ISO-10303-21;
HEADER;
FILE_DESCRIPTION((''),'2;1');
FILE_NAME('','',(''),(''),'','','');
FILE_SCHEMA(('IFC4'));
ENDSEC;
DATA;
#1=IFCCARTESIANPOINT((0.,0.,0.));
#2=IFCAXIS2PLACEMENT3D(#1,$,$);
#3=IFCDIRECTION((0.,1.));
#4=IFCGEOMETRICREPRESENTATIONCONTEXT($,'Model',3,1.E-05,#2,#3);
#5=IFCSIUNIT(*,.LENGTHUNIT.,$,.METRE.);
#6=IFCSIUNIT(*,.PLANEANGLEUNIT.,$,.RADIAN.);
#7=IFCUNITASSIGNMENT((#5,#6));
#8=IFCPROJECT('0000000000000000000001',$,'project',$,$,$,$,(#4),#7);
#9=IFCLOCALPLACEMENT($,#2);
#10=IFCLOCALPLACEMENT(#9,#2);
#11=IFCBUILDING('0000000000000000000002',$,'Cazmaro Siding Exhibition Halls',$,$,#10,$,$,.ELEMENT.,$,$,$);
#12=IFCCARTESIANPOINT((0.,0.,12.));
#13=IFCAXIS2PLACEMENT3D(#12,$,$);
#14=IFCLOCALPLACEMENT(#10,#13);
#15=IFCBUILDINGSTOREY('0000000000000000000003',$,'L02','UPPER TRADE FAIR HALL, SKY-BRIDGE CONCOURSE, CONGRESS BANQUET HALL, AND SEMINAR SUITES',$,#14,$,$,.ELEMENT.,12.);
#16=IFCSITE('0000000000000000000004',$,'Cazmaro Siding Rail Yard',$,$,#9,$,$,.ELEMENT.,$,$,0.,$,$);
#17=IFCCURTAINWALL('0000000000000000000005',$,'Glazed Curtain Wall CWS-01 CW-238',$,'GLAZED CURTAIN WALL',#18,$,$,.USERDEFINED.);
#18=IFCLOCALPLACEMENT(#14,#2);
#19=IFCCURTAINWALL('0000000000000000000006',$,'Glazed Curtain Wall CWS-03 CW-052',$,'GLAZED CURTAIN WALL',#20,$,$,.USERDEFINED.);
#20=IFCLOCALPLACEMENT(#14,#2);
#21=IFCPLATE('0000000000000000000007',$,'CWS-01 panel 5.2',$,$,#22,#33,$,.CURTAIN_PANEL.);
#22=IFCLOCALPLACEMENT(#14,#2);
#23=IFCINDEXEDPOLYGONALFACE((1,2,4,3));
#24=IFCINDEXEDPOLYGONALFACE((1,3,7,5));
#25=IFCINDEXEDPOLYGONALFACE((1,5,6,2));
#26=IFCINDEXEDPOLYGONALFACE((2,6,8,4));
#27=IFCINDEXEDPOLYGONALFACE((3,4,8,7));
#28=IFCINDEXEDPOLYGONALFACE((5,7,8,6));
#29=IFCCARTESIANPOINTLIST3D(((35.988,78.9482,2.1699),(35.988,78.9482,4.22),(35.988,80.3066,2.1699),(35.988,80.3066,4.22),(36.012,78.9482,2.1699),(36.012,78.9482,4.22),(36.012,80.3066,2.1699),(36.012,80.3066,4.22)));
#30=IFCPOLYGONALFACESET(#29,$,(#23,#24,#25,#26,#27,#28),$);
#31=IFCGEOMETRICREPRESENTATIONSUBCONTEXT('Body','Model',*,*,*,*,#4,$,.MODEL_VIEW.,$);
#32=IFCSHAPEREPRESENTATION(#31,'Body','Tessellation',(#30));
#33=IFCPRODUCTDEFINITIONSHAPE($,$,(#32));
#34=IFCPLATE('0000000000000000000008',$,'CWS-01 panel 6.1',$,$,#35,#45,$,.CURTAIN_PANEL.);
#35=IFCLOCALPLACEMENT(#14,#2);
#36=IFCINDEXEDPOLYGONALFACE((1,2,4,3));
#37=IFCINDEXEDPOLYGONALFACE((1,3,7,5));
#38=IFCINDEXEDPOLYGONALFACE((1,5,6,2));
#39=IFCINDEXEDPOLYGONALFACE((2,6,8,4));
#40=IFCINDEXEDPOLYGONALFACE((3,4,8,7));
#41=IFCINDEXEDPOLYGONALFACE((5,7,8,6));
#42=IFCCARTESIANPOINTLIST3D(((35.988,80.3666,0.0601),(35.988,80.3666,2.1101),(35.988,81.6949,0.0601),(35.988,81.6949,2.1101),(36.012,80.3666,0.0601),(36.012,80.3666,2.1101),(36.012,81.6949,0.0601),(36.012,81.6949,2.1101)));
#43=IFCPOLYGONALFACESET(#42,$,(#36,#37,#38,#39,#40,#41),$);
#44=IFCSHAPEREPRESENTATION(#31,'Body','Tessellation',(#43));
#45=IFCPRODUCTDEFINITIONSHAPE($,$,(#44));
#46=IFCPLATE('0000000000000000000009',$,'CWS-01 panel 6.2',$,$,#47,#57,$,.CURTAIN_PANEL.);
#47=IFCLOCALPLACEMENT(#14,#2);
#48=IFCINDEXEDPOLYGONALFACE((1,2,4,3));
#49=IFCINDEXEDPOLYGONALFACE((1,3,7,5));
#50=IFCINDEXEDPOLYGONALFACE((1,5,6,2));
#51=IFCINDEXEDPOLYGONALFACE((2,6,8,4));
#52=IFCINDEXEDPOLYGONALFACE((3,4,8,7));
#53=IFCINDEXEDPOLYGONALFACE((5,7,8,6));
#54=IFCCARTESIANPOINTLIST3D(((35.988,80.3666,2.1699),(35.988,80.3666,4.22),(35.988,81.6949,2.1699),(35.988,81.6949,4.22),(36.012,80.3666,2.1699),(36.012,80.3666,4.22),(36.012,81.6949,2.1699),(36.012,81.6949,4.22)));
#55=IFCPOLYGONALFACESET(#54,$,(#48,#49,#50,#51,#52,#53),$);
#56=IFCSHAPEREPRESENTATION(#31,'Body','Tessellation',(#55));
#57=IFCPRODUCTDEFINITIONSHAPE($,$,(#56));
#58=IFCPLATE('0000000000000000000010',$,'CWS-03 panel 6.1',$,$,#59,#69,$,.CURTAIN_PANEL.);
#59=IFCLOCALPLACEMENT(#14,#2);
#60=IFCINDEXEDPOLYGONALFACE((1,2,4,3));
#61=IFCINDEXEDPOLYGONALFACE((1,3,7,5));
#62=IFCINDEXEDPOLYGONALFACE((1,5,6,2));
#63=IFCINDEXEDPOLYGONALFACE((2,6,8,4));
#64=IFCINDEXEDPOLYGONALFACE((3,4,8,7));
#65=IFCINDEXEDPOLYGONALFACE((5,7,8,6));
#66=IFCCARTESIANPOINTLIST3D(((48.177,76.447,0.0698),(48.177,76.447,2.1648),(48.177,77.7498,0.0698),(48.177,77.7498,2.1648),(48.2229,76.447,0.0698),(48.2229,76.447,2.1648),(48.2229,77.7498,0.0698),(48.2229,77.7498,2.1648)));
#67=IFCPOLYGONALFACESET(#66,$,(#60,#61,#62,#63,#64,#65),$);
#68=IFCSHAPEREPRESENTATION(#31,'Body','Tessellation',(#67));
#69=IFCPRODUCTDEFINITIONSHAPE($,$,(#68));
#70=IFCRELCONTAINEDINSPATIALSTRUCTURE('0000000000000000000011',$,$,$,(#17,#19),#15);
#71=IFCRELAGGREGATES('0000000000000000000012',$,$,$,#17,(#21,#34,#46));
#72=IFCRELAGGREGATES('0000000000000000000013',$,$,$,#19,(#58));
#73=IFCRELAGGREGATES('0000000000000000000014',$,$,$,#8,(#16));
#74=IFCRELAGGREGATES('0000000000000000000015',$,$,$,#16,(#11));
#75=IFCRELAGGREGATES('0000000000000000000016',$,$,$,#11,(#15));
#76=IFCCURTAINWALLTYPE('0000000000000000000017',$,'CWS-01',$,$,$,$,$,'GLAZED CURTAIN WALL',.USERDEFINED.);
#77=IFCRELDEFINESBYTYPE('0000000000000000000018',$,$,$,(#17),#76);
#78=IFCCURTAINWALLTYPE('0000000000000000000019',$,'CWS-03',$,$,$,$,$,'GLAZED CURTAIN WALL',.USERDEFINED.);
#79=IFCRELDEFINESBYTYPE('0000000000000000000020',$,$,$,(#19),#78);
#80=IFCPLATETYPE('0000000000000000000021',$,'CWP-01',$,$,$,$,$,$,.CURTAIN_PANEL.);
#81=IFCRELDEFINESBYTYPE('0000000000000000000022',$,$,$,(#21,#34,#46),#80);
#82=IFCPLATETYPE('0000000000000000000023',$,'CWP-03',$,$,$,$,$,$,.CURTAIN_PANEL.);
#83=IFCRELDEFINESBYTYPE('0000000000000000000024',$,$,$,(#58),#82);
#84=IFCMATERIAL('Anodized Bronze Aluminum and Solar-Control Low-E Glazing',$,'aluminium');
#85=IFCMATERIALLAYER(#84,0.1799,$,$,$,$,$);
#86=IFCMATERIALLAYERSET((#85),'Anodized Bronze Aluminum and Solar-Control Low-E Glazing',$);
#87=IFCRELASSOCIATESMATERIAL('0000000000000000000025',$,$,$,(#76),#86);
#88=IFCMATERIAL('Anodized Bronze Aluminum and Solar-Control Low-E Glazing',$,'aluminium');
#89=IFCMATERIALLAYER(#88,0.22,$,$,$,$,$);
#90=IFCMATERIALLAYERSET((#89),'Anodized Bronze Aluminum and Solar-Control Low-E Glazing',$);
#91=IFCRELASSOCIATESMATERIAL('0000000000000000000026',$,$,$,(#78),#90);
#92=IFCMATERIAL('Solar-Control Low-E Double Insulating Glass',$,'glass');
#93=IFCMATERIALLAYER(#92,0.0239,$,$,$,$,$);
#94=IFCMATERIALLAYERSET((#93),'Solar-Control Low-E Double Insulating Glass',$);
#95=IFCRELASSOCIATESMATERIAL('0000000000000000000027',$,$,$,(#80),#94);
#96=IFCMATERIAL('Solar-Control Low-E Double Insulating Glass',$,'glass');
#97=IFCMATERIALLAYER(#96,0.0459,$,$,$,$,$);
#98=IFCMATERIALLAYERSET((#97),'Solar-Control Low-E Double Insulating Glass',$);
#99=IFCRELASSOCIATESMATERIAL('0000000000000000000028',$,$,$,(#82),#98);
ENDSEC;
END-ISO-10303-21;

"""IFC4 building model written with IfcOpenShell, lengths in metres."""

from ifc_helpers import new_model, si_unit, direction, frame, origin, origin_2d, place, context, subcontext, project, spatial, rectangle, extrude, material, layer, layer_set, type_object, element, aggregate, save


model = new_model("IFC4")

# Units and contexts
model_context = context("Model", 3, precision=1e-05, world=origin(), true_north=direction((0.0, 1.0)))
body_context = subcontext(model_context, "Body", "Model", "MODEL_VIEW")
ifc_project = project(units=[si_unit("LENGTHUNIT", "METRE"), si_unit("PLANEANGLEUNIT", "RADIAN")], contexts=[model_context])

# Site, building, storey
site_placement = place(None, origin())
site = spatial("IfcSite", under=ifc_project, at=site_placement, Name="Cazmaro Siding Rail Yard", CompositionType="ELEMENT", RefElevation=0.0)
building_placement = place(site_placement, origin())
building = spatial("IfcBuilding", under=site, at=building_placement, Name="Cazmaro Siding Exhibition Halls", CompositionType="ELEMENT")
storey_placement = place(building_placement, frame((0.0, 0.0, 12.0)))
storey = spatial("IfcBuildingStorey", under=building, at=storey_placement, Name="L02", Description="UPPER TRADE FAIR HALL, SKY-BRIDGE CONCOURSE, CONGRESS BANQUET HALL, AND SEMINAR SUITES", CompositionType="ELEMENT", Elevation=12.0)

# Curtain wall
ifc_material_1 = material(Name="Anodized Bronze Aluminum and Solar-Control Low-E Glazing", Category="aluminium")
ifc_layer_1 = layer(ifc_material_1, 0.1799)
ifc_layer_set_1 = layer_set([ifc_layer_1], Name="Anodized Bronze Aluminum and Solar-Control Low-E Glazing")
curtain_wall_type_1 = type_object("IfcCurtainWallType", Name="CWS-01", ElementType="GLAZED CURTAIN WALL", PredefinedType="USERDEFINED", material=ifc_layer_set_1)
curtain_wall_1_placement = place(storey_placement, origin())
curtain_wall_1 = element("IfcCurtainWall", 1, at=curtain_wall_1_placement, inside=storey, type_object=curtain_wall_type_1, Name="Glazed Curtain Wall CWS-01 CW-238", ObjectType="GLAZED CURTAIN WALL", PredefinedType="USERDEFINED")

# Curtain wall
ifc_material_2 = material(Name="Anodized Bronze Aluminum and Solar-Control Low-E Glazing", Category="aluminium")
ifc_layer_2 = layer(ifc_material_2, 0.22)
ifc_layer_set_2 = layer_set([ifc_layer_2], Name="Anodized Bronze Aluminum and Solar-Control Low-E Glazing")
curtain_wall_type_2 = type_object("IfcCurtainWallType", Name="CWS-03", ElementType="GLAZED CURTAIN WALL", PredefinedType="USERDEFINED", material=ifc_layer_set_2)
curtain_wall_2_placement = place(storey_placement, origin())
curtain_wall_2 = element("IfcCurtainWall", 2, at=curtain_wall_2_placement, inside=storey, type_object=curtain_wall_type_2, Name="Glazed Curtain Wall CWS-03 CW-052", ObjectType="GLAZED CURTAIN WALL", PredefinedType="USERDEFINED")

# Plates
ifc_material_3 = material(Name="Solar-Control Low-E Double Insulating Glass", Category="glass")
ifc_layer_3 = layer(ifc_material_3, 0.0239)
ifc_layer_set_3 = layer_set([ifc_layer_3], Name="Solar-Control Low-E Double Insulating Glass")
plate_type_1 = type_object("IfcPlateType", Name="CWP-01", PredefinedType="CURTAIN_PANEL", material=ifc_layer_set_3)
plate_1_placement = place(storey_placement, frame((36.0, 79.6274, 2.1699), z_axis=(0.0, 0.0, 1.0), x_axis=(0.0, 1.0, 0.0)))
plate_1 = element("IfcPlate", 3, at=plate_1_placement, type_object=plate_type_1, Name="CWS-01 panel 5.2", PredefinedType="CURTAIN_PANEL", context=body_context, shape_type="SweptSolid", body=[
    extrude(rectangle(XDim=1.3584, YDim=0.0239, at=origin_2d()), origin(), (0.0, 0.0, 1.0), 2.05),
])
plate_2_placement = place(storey_placement, frame((36.0, 81.0308, 0.0601), z_axis=(0.0, 0.0, 1.0), x_axis=(0.0, 1.0, 0.0)))
plate_2 = element("IfcPlate", 4, at=plate_2_placement, type_object=plate_type_1, Name="CWS-01 panel 6.1", PredefinedType="CURTAIN_PANEL", context=body_context, shape_type="SweptSolid", body=[
    extrude(rectangle(XDim=1.3284, YDim=0.0239, at=origin_2d()), origin(), (0.0, 0.0, 1.0), 2.05),
])
plate_3_placement = place(storey_placement, frame((36.0, 81.0308, 2.1699), z_axis=(0.0, 0.0, 1.0), x_axis=(0.0, 1.0, 0.0)))
plate_3 = element("IfcPlate", 5, at=plate_3_placement, type_object=plate_type_1, Name="CWS-01 panel 6.2", PredefinedType="CURTAIN_PANEL", context=body_context, shape_type="SweptSolid", body=[
    extrude(rectangle(XDim=1.3284, YDim=0.0239, at=origin_2d()), origin(), (0.0, 0.0, 1.0), 2.05),
])
aggregate(curtain_wall_1, [plate_1, plate_2, plate_3])
ifc_material_4 = material(Name="Solar-Control Low-E Double Insulating Glass", Category="glass")
ifc_layer_4 = layer(ifc_material_4, 0.0459)
ifc_layer_set_4 = layer_set([ifc_layer_4], Name="Solar-Control Low-E Double Insulating Glass")
plate_type_2 = type_object("IfcPlateType", Name="CWP-03", PredefinedType="CURTAIN_PANEL", material=ifc_layer_set_4)
plate_4_placement = place(storey_placement, frame((48.2, 77.0984, 0.0698), z_axis=(0.0, 0.0, 1.0), x_axis=(0.0, -1.0, 0.0)))
plate_4 = element("IfcPlate", 6, at=plate_4_placement, type_object=plate_type_2, Name="CWS-03 panel 6.1", PredefinedType="CURTAIN_PANEL", context=body_context, shape_type="SweptSolid", body=[
    extrude(rectangle(XDim=1.3027, YDim=0.0459, at=origin_2d()), origin(), (0.0, 0.0, 1.0), 2.095),
])
aggregate(curtain_wall_2, [plate_4])

save(model, "model.ifc")
